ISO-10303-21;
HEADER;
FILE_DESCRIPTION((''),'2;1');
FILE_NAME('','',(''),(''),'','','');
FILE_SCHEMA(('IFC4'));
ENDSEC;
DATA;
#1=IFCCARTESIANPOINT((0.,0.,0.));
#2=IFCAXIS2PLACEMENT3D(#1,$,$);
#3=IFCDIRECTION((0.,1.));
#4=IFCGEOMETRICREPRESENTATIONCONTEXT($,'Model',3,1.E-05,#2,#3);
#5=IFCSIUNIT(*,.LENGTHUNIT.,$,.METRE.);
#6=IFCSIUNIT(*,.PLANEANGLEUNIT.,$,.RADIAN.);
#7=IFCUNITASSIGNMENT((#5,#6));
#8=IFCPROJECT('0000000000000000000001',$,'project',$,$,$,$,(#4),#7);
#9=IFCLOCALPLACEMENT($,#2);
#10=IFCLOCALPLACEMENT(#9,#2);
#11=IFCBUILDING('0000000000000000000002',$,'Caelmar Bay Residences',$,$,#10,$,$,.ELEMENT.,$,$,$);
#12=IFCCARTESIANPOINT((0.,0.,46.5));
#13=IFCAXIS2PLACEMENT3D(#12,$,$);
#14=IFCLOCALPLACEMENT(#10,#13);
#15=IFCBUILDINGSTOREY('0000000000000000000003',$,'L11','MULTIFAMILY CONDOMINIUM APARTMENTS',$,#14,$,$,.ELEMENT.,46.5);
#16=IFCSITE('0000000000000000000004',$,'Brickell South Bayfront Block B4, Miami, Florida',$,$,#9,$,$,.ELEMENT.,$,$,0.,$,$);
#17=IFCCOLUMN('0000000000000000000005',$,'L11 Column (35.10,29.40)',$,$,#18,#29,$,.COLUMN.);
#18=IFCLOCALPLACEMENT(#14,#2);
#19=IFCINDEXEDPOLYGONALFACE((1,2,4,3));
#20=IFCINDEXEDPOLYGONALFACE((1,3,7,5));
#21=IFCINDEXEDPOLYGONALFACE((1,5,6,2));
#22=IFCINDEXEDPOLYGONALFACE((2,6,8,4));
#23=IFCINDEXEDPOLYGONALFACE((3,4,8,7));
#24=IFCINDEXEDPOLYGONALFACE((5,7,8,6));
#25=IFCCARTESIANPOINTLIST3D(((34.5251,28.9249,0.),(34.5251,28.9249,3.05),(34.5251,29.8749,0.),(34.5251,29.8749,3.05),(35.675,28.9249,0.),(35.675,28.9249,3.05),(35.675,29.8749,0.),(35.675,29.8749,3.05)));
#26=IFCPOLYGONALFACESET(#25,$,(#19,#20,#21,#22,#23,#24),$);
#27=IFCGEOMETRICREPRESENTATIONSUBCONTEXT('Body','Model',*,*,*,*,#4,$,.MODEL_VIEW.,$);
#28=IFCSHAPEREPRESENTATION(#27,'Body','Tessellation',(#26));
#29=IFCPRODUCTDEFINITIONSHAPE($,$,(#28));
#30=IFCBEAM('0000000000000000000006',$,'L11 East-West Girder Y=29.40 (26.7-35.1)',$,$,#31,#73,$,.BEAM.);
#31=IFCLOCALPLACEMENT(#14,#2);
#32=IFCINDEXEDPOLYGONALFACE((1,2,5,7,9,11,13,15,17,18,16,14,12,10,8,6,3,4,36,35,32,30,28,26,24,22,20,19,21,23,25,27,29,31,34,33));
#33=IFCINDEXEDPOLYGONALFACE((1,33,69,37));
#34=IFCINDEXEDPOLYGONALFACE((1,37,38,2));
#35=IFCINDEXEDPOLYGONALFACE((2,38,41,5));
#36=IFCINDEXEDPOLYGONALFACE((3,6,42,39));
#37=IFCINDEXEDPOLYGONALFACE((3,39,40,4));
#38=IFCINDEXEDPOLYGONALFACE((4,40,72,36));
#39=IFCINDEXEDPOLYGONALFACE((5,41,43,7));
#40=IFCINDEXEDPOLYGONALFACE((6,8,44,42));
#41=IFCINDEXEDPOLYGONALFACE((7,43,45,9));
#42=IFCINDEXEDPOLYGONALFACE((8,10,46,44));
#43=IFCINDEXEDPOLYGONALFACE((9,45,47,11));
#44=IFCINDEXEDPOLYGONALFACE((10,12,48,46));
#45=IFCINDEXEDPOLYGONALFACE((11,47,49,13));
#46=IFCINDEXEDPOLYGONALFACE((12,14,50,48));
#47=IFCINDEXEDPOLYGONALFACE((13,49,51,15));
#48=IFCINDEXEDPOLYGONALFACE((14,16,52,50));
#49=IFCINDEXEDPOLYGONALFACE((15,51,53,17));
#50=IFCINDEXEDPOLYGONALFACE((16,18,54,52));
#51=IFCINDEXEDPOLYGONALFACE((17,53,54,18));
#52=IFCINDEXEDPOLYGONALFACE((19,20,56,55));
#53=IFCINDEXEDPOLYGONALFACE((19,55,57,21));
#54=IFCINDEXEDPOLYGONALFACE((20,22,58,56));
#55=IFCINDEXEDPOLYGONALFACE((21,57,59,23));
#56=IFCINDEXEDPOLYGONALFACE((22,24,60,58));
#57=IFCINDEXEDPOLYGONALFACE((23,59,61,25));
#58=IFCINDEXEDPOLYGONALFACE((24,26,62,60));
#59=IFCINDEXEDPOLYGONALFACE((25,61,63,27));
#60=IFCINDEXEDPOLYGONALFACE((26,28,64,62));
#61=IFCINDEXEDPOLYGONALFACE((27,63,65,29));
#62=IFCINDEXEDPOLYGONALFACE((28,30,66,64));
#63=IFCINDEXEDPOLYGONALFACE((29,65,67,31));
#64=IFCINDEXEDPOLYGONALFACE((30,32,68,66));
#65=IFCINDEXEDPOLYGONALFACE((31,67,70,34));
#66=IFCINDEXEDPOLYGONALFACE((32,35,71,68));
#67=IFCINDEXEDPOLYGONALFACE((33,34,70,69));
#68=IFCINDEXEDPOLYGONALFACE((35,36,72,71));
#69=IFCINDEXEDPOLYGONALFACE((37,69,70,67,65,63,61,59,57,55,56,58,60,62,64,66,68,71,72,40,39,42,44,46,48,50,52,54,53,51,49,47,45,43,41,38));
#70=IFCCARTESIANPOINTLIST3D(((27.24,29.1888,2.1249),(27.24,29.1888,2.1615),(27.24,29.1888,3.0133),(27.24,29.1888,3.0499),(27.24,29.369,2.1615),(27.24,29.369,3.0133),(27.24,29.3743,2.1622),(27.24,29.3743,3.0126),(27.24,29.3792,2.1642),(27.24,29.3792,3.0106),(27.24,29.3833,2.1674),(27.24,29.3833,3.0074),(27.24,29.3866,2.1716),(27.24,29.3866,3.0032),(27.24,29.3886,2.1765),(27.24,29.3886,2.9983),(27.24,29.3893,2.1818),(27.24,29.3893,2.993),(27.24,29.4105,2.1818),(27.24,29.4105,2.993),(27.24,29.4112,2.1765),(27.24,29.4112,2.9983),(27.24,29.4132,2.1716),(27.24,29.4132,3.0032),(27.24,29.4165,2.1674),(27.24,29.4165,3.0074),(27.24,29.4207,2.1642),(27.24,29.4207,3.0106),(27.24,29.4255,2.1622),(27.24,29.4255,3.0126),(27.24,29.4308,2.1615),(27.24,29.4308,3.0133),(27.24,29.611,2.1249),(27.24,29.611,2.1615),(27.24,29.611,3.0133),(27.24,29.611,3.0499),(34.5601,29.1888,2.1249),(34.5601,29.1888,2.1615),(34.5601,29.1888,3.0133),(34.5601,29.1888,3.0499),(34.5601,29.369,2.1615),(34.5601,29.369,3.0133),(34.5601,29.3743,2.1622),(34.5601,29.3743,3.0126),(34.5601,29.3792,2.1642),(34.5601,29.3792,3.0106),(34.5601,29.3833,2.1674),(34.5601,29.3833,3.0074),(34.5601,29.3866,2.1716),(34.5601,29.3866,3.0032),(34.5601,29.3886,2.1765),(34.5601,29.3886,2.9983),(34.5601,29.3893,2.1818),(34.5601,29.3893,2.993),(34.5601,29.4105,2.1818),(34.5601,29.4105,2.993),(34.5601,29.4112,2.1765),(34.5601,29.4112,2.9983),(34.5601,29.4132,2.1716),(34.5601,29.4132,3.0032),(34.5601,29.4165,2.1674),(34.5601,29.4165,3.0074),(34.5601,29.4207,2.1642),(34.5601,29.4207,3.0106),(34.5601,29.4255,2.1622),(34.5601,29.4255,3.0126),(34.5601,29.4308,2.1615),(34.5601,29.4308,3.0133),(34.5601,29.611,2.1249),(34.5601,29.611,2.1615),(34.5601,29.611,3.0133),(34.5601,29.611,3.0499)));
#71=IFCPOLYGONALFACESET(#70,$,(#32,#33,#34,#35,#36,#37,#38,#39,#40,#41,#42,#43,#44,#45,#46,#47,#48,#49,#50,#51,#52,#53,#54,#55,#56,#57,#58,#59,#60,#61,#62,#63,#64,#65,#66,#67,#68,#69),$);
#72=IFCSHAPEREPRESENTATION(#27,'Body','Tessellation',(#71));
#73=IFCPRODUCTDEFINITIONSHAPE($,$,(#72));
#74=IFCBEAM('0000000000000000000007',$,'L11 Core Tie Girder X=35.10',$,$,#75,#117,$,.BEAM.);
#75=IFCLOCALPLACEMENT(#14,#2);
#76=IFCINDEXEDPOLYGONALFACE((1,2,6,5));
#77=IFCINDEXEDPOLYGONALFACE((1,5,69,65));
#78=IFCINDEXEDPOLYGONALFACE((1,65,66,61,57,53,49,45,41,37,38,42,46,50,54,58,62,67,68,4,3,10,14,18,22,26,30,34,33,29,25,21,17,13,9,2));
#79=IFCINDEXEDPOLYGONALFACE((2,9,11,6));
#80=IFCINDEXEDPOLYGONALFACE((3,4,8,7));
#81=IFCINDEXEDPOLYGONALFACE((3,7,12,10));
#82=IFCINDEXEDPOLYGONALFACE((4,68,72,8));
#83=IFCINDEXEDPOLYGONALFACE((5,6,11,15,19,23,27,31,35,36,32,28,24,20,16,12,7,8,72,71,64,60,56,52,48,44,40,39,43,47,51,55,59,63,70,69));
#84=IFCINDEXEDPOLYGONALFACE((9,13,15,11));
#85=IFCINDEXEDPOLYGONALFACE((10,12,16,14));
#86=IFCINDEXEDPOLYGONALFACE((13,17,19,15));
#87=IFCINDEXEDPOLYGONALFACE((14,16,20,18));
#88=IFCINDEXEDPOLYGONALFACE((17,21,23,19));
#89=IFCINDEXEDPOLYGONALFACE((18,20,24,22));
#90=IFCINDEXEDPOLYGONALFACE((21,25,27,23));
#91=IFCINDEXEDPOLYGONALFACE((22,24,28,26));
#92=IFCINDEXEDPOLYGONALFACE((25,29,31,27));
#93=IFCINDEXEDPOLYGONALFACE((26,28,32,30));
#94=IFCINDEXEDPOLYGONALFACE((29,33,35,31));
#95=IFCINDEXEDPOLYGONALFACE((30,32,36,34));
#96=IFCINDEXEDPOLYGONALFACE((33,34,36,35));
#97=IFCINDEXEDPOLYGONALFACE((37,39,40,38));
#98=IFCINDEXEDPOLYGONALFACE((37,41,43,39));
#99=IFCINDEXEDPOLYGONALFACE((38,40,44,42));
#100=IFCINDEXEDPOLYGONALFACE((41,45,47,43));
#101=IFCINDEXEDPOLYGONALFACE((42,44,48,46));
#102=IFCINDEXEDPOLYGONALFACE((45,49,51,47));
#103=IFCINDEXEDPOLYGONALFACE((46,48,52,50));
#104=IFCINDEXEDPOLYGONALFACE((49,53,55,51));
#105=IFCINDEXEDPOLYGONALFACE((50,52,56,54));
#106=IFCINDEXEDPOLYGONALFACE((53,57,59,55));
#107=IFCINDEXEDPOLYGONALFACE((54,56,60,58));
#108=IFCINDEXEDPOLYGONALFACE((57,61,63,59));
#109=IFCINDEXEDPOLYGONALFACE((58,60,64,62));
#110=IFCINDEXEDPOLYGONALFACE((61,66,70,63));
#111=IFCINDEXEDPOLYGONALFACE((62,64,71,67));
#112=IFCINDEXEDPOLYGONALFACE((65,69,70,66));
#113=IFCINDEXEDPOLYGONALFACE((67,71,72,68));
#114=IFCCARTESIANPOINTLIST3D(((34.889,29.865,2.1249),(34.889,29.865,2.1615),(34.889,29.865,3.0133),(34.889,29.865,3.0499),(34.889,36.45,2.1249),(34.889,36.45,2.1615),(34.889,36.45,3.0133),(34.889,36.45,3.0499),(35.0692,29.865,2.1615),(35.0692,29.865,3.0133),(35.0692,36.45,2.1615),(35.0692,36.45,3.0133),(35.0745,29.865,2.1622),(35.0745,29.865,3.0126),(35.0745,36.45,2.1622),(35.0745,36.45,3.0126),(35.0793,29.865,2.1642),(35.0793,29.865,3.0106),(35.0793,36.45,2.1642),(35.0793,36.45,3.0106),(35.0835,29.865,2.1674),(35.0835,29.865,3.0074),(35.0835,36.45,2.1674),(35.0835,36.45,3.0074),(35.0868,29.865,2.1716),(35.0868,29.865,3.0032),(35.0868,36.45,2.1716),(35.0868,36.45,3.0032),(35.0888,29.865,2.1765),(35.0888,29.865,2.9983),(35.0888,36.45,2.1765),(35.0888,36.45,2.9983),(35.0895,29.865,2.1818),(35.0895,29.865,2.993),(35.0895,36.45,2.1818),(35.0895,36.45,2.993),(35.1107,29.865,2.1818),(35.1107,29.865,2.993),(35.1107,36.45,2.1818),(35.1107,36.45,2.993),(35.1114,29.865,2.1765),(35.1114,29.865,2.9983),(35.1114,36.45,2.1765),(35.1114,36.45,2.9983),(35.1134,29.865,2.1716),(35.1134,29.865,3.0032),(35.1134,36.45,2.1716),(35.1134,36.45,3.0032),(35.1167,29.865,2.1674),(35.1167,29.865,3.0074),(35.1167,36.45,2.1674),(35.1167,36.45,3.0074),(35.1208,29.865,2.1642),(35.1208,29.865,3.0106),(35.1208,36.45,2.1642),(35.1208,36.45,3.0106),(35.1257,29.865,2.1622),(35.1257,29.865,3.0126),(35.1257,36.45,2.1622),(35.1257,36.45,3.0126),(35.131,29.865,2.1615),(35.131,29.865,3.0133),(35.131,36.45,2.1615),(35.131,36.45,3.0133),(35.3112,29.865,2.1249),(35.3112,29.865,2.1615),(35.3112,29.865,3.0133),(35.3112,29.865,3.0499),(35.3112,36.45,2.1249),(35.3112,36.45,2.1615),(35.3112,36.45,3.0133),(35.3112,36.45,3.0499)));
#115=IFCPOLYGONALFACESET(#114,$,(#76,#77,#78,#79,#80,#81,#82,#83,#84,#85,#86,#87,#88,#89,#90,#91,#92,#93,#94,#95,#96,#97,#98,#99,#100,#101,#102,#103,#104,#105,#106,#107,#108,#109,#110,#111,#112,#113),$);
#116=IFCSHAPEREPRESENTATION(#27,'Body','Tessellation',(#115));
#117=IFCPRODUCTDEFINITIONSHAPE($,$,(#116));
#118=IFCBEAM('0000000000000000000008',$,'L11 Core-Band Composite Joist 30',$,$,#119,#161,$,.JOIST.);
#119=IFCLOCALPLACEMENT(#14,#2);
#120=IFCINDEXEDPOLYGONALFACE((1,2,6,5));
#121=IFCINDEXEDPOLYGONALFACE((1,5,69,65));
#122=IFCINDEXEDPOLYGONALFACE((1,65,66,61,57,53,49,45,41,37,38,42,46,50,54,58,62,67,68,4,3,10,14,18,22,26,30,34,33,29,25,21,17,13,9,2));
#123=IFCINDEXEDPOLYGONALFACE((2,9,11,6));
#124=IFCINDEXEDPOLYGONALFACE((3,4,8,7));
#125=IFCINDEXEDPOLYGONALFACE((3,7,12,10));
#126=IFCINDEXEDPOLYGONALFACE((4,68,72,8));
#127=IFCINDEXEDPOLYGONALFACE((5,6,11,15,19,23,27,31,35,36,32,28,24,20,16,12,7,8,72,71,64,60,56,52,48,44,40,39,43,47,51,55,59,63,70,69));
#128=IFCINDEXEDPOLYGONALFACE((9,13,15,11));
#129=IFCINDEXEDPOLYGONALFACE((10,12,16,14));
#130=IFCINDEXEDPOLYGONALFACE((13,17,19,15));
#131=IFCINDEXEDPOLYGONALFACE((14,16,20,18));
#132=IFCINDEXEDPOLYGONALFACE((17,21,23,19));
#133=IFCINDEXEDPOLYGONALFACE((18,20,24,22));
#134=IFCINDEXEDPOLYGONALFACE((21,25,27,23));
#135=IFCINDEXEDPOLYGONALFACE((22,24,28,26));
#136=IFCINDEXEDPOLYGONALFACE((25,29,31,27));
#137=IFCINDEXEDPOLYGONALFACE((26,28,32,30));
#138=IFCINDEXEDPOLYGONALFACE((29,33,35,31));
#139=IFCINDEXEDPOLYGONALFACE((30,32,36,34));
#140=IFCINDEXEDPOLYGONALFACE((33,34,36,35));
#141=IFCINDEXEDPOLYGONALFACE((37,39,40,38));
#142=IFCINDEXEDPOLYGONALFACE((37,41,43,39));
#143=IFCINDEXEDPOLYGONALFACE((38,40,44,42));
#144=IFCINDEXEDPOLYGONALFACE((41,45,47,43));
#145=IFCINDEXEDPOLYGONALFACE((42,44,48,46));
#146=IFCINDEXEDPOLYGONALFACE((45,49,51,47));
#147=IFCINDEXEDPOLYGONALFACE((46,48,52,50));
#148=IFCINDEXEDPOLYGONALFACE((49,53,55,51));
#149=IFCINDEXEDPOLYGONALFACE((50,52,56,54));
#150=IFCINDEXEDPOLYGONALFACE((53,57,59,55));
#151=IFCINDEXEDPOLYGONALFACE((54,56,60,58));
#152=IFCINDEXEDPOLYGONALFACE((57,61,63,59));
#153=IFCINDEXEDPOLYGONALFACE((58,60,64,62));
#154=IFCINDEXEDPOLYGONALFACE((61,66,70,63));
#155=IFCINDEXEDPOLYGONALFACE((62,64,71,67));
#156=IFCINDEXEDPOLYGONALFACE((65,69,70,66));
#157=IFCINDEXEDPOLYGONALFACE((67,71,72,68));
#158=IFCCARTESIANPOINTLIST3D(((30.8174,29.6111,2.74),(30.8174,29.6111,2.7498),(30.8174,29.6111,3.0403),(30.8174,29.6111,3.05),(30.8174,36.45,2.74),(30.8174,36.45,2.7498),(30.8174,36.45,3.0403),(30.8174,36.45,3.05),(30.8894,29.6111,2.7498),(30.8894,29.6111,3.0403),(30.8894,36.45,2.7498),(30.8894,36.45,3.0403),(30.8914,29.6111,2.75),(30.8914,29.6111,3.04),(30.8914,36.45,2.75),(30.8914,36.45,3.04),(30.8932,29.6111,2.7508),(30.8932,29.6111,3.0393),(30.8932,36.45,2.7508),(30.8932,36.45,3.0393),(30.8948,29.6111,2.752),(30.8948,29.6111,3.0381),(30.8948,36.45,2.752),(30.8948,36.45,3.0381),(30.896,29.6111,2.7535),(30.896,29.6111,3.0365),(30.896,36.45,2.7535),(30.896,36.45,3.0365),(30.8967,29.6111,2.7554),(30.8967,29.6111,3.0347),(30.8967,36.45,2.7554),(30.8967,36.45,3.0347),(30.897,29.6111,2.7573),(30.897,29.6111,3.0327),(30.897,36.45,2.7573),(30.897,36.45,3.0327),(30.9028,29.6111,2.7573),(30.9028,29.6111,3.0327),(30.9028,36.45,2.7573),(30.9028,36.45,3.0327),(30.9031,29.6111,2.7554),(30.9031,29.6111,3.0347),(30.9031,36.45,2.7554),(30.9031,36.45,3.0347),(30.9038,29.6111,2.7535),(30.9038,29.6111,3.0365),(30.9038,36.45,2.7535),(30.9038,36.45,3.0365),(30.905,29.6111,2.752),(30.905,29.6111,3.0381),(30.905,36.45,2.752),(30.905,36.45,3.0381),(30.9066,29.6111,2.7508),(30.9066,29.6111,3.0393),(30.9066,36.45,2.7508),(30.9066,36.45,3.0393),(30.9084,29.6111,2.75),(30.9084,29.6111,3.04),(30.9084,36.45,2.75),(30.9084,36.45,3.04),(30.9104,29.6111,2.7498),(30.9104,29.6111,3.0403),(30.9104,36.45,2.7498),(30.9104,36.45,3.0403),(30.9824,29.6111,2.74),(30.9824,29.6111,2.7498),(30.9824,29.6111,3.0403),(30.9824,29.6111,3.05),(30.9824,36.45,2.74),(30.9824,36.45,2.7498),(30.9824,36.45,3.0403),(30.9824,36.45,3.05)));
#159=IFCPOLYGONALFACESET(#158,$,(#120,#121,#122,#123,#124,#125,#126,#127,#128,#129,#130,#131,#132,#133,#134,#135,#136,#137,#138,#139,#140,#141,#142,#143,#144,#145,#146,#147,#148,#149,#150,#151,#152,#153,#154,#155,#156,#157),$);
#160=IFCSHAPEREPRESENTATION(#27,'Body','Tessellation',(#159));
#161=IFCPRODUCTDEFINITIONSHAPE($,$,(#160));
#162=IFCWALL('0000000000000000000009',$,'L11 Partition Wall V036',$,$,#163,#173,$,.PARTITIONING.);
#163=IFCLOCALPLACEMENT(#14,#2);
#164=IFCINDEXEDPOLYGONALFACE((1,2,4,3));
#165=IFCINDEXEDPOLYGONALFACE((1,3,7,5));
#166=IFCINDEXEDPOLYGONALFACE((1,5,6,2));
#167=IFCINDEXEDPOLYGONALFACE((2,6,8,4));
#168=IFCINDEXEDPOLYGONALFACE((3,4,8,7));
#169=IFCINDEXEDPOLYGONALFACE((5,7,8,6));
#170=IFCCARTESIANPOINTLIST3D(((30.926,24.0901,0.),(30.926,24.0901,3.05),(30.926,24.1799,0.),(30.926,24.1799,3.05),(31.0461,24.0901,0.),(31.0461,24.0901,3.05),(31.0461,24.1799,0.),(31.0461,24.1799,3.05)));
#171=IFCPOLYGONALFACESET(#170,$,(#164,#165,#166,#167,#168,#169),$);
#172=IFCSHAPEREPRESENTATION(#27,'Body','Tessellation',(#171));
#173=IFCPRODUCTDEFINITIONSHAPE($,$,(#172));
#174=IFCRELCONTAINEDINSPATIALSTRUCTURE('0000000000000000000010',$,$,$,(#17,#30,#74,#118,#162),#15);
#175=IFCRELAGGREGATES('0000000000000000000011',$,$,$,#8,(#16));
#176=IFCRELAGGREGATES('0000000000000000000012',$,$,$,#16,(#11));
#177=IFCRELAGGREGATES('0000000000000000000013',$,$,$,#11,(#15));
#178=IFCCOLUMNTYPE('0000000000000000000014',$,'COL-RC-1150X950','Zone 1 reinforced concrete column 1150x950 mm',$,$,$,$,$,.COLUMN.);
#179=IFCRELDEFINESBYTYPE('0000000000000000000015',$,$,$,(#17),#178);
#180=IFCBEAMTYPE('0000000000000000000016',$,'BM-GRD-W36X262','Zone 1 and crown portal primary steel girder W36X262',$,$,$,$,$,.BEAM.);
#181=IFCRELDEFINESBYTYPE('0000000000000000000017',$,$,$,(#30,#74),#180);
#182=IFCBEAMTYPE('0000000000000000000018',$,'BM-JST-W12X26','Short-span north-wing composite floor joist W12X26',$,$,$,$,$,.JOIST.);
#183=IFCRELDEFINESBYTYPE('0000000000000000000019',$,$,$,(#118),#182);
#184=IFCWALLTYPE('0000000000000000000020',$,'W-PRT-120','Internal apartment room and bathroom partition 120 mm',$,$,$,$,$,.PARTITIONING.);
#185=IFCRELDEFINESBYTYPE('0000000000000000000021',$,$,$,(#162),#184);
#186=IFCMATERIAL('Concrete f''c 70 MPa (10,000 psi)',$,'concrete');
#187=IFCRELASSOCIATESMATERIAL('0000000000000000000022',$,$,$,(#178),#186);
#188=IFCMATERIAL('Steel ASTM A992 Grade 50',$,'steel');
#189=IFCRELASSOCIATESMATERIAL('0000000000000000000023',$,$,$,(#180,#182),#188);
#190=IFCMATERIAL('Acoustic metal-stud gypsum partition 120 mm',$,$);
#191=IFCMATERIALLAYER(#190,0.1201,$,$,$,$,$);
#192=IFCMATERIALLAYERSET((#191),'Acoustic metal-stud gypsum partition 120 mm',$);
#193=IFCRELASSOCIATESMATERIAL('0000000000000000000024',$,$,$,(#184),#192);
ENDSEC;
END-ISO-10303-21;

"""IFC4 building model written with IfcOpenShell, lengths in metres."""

from ifc_helpers import new_model, si_unit, direction, frame, frame_2d, origin, origin_2d, place, context, subcontext, project, spatial, rectangle, i_section, extrude, material, layer, layer_set, material_profile, profile_set, type_object, element, save


model = new_model("IFC4")

# Units and contexts
model_context = context("Model", 3, precision=1e-05, world=origin(), true_north=direction((0.0, 1.0)))
body_context = subcontext(model_context, "Body", "Model", "MODEL_VIEW")
ifc_project = project(units=[si_unit("LENGTHUNIT", "METRE"), si_unit("PLANEANGLEUNIT", "RADIAN")], contexts=[model_context])

# Site, building, storey
site_placement = place(None, origin())
site = spatial("IfcSite", under=ifc_project, at=site_placement, Name="Brickell South Bayfront Block B4, Miami, Florida", CompositionType="ELEMENT", RefElevation=0.0)
building_placement = place(site_placement, origin())
building = spatial("IfcBuilding", under=site, at=building_placement, Name="Caelmar Bay Residences", CompositionType="ELEMENT")
storey_placement = place(building_placement, frame((0.0, 0.0, 46.5)))
storey = spatial("IfcBuildingStorey", under=building, at=storey_placement, Name="L11", Description="MULTIFAMILY CONDOMINIUM APARTMENTS", CompositionType="ELEMENT", Elevation=46.5)

# Column
ifc_material_1 = material(Name="Concrete f'c 70 MPa (10,000 psi)", Category="concrete")
ifc_material_profile_1 = material_profile(ifc_material_1, rectangle(XDim=1.1499, YDim=0.95, at=origin_2d()), Name="RC-COL-1150X950")
ifc_profile_set_1 = profile_set([ifc_material_profile_1], Name="Concrete f'c 70 MPa (10,000 psi)")
column_type = type_object("IfcColumnType", Name="COL-RC-1150X950", Description="Zone 1 reinforced concrete column 1150x950 mm", PredefinedType="COLUMN", material=ifc_profile_set_1)
column_placement = place(storey_placement, frame((35.1001, 29.3999, 0.0), z_axis=(0.0, 0.0, 1.0), x_axis=(1.0, 0.0, 0.0)))
element("IfcColumn", 1, at=column_placement, inside=storey, type_object=column_type, Name="L11 Column (35.10,29.40)", PredefinedType="COLUMN", context=body_context, shape_type="SweptSolid", body=[
    extrude(rectangle(XDim=1.1499, YDim=0.95, at=origin_2d()), origin(), (0.0, 0.0, 1.0), 3.05),
])

# Beams
ifc_material_2 = material(Name="Steel ASTM A992 Grade 50", Category="steel")
ifc_material_profile_2 = material_profile(ifc_material_2, i_section(OverallWidth=0.4221, OverallDepth=0.925, WebThickness=0.0212, FlangeThickness=0.0366, FilletRadius=0.0203, at=origin_2d()), Name="W36X262")
ifc_profile_set_2 = profile_set([ifc_material_profile_2], Name="Steel ASTM A992 Grade 50")
beam_type_1 = type_object("IfcBeamType", Name="BM-GRD-W36X262", Description="Zone 1 and crown portal primary steel girder W36X262", PredefinedType="BEAM", material=ifc_profile_set_2)
beam_1_placement = place(storey_placement, frame((27.24, 29.3999, 2.5874), z_axis=(1.0, 0.0, 0.0), x_axis=(0.0, 1.0, 0.0)))
element("IfcBeam", 2, at=beam_1_placement, inside=storey, type_object=beam_type_1, Name="L11 East-West Girder Y=29.40 (26.7-35.1)", PredefinedType="BEAM", context=body_context, shape_type="SweptSolid", body=[
    extrude(i_section(OverallWidth=0.4221, OverallDepth=0.925, WebThickness=0.0212, FlangeThickness=0.0366, FilletRadius=0.0203, at=origin_2d()), origin(), (0.0, 0.0, 1.0), 7.3201),
])
beam_2_placement = place(storey_placement, frame((35.1001, 29.865, 2.5874), z_axis=(0.0, 1.0, 0.0), x_axis=(-1.0, 0.0, 0.0)))
element("IfcBeam", 3, at=beam_2_placement, inside=storey, type_object=beam_type_1, Name="L11 Core Tie Girder X=35.10", PredefinedType="BEAM", context=body_context, shape_type="SweptSolid", body=[
    extrude(i_section(OverallWidth=0.4221, OverallDepth=0.925, WebThickness=0.0212, FlangeThickness=0.0366, FilletRadius=0.0203, at=origin_2d()), origin(), (0.0, 0.0, 1.0), 6.585),
])
ifc_material_profile_3 = material_profile(ifc_material_2, i_section(OverallWidth=0.165, OverallDepth=0.3101, WebThickness=0.0059, FlangeThickness=0.0098, FilletRadius=0.0076, at=origin_2d()), Name="W12X26")
ifc_profile_set_3 = profile_set([ifc_material_profile_3], Name="Steel ASTM A992 Grade 50")
beam_type_2 = type_object("IfcBeamType", Name="BM-JST-W12X26", Description="Short-span north-wing composite floor joist W12X26", PredefinedType="JOIST", material=ifc_profile_set_3)
beam_3_placement = place(storey_placement, frame((30.8999, 29.6111, 2.895), z_axis=(0.0, 1.0, 0.0), x_axis=(-1.0, 0.0, 0.0)))
element("IfcBeam", 4, at=beam_3_placement, inside=storey, type_object=beam_type_2, Name="L11 Core-Band Composite Joist 30", PredefinedType="JOIST", context=body_context, shape_type="SweptSolid", body=[
    extrude(i_section(OverallWidth=0.165, OverallDepth=0.3101, WebThickness=0.0059, FlangeThickness=0.0098, FilletRadius=0.0076, at=origin_2d()), origin(), (0.0, 0.0, 1.0), 6.8389),
])

# Wall
ifc_material_3 = material(Name="Acoustic metal-stud gypsum partition 120 mm")
ifc_layer_1 = layer(ifc_material_3, 0.1201)
ifc_layer_set_1 = layer_set([ifc_layer_1], Name="Acoustic metal-stud gypsum partition 120 mm")
wall_type_1 = type_object("IfcWallType", Name="W-PRT-120", Description="Internal apartment room and bathroom partition 120 mm", PredefinedType="PARTITIONING", material=ifc_layer_set_1)
wall_1_placement = place(storey_placement, frame((30.9861, 24.0901, 0.0), z_axis=(0.0, 0.0, 1.0), x_axis=(0.0, 1.0, 0.0)))
element("IfcWall", 5, at=wall_1_placement, inside=storey, type_object=wall_type_1, Name="L11 Partition Wall V036", PredefinedType="PARTITIONING", context=body_context, shape_type="SweptSolid", body=[
    extrude(rectangle(XDim=0.0898, YDim=0.1201, at=frame_2d((0.0449, 0.0))), origin(), (0.0, 0.0, 1.0), 3.05),
])

save(model, "model.ifc")
